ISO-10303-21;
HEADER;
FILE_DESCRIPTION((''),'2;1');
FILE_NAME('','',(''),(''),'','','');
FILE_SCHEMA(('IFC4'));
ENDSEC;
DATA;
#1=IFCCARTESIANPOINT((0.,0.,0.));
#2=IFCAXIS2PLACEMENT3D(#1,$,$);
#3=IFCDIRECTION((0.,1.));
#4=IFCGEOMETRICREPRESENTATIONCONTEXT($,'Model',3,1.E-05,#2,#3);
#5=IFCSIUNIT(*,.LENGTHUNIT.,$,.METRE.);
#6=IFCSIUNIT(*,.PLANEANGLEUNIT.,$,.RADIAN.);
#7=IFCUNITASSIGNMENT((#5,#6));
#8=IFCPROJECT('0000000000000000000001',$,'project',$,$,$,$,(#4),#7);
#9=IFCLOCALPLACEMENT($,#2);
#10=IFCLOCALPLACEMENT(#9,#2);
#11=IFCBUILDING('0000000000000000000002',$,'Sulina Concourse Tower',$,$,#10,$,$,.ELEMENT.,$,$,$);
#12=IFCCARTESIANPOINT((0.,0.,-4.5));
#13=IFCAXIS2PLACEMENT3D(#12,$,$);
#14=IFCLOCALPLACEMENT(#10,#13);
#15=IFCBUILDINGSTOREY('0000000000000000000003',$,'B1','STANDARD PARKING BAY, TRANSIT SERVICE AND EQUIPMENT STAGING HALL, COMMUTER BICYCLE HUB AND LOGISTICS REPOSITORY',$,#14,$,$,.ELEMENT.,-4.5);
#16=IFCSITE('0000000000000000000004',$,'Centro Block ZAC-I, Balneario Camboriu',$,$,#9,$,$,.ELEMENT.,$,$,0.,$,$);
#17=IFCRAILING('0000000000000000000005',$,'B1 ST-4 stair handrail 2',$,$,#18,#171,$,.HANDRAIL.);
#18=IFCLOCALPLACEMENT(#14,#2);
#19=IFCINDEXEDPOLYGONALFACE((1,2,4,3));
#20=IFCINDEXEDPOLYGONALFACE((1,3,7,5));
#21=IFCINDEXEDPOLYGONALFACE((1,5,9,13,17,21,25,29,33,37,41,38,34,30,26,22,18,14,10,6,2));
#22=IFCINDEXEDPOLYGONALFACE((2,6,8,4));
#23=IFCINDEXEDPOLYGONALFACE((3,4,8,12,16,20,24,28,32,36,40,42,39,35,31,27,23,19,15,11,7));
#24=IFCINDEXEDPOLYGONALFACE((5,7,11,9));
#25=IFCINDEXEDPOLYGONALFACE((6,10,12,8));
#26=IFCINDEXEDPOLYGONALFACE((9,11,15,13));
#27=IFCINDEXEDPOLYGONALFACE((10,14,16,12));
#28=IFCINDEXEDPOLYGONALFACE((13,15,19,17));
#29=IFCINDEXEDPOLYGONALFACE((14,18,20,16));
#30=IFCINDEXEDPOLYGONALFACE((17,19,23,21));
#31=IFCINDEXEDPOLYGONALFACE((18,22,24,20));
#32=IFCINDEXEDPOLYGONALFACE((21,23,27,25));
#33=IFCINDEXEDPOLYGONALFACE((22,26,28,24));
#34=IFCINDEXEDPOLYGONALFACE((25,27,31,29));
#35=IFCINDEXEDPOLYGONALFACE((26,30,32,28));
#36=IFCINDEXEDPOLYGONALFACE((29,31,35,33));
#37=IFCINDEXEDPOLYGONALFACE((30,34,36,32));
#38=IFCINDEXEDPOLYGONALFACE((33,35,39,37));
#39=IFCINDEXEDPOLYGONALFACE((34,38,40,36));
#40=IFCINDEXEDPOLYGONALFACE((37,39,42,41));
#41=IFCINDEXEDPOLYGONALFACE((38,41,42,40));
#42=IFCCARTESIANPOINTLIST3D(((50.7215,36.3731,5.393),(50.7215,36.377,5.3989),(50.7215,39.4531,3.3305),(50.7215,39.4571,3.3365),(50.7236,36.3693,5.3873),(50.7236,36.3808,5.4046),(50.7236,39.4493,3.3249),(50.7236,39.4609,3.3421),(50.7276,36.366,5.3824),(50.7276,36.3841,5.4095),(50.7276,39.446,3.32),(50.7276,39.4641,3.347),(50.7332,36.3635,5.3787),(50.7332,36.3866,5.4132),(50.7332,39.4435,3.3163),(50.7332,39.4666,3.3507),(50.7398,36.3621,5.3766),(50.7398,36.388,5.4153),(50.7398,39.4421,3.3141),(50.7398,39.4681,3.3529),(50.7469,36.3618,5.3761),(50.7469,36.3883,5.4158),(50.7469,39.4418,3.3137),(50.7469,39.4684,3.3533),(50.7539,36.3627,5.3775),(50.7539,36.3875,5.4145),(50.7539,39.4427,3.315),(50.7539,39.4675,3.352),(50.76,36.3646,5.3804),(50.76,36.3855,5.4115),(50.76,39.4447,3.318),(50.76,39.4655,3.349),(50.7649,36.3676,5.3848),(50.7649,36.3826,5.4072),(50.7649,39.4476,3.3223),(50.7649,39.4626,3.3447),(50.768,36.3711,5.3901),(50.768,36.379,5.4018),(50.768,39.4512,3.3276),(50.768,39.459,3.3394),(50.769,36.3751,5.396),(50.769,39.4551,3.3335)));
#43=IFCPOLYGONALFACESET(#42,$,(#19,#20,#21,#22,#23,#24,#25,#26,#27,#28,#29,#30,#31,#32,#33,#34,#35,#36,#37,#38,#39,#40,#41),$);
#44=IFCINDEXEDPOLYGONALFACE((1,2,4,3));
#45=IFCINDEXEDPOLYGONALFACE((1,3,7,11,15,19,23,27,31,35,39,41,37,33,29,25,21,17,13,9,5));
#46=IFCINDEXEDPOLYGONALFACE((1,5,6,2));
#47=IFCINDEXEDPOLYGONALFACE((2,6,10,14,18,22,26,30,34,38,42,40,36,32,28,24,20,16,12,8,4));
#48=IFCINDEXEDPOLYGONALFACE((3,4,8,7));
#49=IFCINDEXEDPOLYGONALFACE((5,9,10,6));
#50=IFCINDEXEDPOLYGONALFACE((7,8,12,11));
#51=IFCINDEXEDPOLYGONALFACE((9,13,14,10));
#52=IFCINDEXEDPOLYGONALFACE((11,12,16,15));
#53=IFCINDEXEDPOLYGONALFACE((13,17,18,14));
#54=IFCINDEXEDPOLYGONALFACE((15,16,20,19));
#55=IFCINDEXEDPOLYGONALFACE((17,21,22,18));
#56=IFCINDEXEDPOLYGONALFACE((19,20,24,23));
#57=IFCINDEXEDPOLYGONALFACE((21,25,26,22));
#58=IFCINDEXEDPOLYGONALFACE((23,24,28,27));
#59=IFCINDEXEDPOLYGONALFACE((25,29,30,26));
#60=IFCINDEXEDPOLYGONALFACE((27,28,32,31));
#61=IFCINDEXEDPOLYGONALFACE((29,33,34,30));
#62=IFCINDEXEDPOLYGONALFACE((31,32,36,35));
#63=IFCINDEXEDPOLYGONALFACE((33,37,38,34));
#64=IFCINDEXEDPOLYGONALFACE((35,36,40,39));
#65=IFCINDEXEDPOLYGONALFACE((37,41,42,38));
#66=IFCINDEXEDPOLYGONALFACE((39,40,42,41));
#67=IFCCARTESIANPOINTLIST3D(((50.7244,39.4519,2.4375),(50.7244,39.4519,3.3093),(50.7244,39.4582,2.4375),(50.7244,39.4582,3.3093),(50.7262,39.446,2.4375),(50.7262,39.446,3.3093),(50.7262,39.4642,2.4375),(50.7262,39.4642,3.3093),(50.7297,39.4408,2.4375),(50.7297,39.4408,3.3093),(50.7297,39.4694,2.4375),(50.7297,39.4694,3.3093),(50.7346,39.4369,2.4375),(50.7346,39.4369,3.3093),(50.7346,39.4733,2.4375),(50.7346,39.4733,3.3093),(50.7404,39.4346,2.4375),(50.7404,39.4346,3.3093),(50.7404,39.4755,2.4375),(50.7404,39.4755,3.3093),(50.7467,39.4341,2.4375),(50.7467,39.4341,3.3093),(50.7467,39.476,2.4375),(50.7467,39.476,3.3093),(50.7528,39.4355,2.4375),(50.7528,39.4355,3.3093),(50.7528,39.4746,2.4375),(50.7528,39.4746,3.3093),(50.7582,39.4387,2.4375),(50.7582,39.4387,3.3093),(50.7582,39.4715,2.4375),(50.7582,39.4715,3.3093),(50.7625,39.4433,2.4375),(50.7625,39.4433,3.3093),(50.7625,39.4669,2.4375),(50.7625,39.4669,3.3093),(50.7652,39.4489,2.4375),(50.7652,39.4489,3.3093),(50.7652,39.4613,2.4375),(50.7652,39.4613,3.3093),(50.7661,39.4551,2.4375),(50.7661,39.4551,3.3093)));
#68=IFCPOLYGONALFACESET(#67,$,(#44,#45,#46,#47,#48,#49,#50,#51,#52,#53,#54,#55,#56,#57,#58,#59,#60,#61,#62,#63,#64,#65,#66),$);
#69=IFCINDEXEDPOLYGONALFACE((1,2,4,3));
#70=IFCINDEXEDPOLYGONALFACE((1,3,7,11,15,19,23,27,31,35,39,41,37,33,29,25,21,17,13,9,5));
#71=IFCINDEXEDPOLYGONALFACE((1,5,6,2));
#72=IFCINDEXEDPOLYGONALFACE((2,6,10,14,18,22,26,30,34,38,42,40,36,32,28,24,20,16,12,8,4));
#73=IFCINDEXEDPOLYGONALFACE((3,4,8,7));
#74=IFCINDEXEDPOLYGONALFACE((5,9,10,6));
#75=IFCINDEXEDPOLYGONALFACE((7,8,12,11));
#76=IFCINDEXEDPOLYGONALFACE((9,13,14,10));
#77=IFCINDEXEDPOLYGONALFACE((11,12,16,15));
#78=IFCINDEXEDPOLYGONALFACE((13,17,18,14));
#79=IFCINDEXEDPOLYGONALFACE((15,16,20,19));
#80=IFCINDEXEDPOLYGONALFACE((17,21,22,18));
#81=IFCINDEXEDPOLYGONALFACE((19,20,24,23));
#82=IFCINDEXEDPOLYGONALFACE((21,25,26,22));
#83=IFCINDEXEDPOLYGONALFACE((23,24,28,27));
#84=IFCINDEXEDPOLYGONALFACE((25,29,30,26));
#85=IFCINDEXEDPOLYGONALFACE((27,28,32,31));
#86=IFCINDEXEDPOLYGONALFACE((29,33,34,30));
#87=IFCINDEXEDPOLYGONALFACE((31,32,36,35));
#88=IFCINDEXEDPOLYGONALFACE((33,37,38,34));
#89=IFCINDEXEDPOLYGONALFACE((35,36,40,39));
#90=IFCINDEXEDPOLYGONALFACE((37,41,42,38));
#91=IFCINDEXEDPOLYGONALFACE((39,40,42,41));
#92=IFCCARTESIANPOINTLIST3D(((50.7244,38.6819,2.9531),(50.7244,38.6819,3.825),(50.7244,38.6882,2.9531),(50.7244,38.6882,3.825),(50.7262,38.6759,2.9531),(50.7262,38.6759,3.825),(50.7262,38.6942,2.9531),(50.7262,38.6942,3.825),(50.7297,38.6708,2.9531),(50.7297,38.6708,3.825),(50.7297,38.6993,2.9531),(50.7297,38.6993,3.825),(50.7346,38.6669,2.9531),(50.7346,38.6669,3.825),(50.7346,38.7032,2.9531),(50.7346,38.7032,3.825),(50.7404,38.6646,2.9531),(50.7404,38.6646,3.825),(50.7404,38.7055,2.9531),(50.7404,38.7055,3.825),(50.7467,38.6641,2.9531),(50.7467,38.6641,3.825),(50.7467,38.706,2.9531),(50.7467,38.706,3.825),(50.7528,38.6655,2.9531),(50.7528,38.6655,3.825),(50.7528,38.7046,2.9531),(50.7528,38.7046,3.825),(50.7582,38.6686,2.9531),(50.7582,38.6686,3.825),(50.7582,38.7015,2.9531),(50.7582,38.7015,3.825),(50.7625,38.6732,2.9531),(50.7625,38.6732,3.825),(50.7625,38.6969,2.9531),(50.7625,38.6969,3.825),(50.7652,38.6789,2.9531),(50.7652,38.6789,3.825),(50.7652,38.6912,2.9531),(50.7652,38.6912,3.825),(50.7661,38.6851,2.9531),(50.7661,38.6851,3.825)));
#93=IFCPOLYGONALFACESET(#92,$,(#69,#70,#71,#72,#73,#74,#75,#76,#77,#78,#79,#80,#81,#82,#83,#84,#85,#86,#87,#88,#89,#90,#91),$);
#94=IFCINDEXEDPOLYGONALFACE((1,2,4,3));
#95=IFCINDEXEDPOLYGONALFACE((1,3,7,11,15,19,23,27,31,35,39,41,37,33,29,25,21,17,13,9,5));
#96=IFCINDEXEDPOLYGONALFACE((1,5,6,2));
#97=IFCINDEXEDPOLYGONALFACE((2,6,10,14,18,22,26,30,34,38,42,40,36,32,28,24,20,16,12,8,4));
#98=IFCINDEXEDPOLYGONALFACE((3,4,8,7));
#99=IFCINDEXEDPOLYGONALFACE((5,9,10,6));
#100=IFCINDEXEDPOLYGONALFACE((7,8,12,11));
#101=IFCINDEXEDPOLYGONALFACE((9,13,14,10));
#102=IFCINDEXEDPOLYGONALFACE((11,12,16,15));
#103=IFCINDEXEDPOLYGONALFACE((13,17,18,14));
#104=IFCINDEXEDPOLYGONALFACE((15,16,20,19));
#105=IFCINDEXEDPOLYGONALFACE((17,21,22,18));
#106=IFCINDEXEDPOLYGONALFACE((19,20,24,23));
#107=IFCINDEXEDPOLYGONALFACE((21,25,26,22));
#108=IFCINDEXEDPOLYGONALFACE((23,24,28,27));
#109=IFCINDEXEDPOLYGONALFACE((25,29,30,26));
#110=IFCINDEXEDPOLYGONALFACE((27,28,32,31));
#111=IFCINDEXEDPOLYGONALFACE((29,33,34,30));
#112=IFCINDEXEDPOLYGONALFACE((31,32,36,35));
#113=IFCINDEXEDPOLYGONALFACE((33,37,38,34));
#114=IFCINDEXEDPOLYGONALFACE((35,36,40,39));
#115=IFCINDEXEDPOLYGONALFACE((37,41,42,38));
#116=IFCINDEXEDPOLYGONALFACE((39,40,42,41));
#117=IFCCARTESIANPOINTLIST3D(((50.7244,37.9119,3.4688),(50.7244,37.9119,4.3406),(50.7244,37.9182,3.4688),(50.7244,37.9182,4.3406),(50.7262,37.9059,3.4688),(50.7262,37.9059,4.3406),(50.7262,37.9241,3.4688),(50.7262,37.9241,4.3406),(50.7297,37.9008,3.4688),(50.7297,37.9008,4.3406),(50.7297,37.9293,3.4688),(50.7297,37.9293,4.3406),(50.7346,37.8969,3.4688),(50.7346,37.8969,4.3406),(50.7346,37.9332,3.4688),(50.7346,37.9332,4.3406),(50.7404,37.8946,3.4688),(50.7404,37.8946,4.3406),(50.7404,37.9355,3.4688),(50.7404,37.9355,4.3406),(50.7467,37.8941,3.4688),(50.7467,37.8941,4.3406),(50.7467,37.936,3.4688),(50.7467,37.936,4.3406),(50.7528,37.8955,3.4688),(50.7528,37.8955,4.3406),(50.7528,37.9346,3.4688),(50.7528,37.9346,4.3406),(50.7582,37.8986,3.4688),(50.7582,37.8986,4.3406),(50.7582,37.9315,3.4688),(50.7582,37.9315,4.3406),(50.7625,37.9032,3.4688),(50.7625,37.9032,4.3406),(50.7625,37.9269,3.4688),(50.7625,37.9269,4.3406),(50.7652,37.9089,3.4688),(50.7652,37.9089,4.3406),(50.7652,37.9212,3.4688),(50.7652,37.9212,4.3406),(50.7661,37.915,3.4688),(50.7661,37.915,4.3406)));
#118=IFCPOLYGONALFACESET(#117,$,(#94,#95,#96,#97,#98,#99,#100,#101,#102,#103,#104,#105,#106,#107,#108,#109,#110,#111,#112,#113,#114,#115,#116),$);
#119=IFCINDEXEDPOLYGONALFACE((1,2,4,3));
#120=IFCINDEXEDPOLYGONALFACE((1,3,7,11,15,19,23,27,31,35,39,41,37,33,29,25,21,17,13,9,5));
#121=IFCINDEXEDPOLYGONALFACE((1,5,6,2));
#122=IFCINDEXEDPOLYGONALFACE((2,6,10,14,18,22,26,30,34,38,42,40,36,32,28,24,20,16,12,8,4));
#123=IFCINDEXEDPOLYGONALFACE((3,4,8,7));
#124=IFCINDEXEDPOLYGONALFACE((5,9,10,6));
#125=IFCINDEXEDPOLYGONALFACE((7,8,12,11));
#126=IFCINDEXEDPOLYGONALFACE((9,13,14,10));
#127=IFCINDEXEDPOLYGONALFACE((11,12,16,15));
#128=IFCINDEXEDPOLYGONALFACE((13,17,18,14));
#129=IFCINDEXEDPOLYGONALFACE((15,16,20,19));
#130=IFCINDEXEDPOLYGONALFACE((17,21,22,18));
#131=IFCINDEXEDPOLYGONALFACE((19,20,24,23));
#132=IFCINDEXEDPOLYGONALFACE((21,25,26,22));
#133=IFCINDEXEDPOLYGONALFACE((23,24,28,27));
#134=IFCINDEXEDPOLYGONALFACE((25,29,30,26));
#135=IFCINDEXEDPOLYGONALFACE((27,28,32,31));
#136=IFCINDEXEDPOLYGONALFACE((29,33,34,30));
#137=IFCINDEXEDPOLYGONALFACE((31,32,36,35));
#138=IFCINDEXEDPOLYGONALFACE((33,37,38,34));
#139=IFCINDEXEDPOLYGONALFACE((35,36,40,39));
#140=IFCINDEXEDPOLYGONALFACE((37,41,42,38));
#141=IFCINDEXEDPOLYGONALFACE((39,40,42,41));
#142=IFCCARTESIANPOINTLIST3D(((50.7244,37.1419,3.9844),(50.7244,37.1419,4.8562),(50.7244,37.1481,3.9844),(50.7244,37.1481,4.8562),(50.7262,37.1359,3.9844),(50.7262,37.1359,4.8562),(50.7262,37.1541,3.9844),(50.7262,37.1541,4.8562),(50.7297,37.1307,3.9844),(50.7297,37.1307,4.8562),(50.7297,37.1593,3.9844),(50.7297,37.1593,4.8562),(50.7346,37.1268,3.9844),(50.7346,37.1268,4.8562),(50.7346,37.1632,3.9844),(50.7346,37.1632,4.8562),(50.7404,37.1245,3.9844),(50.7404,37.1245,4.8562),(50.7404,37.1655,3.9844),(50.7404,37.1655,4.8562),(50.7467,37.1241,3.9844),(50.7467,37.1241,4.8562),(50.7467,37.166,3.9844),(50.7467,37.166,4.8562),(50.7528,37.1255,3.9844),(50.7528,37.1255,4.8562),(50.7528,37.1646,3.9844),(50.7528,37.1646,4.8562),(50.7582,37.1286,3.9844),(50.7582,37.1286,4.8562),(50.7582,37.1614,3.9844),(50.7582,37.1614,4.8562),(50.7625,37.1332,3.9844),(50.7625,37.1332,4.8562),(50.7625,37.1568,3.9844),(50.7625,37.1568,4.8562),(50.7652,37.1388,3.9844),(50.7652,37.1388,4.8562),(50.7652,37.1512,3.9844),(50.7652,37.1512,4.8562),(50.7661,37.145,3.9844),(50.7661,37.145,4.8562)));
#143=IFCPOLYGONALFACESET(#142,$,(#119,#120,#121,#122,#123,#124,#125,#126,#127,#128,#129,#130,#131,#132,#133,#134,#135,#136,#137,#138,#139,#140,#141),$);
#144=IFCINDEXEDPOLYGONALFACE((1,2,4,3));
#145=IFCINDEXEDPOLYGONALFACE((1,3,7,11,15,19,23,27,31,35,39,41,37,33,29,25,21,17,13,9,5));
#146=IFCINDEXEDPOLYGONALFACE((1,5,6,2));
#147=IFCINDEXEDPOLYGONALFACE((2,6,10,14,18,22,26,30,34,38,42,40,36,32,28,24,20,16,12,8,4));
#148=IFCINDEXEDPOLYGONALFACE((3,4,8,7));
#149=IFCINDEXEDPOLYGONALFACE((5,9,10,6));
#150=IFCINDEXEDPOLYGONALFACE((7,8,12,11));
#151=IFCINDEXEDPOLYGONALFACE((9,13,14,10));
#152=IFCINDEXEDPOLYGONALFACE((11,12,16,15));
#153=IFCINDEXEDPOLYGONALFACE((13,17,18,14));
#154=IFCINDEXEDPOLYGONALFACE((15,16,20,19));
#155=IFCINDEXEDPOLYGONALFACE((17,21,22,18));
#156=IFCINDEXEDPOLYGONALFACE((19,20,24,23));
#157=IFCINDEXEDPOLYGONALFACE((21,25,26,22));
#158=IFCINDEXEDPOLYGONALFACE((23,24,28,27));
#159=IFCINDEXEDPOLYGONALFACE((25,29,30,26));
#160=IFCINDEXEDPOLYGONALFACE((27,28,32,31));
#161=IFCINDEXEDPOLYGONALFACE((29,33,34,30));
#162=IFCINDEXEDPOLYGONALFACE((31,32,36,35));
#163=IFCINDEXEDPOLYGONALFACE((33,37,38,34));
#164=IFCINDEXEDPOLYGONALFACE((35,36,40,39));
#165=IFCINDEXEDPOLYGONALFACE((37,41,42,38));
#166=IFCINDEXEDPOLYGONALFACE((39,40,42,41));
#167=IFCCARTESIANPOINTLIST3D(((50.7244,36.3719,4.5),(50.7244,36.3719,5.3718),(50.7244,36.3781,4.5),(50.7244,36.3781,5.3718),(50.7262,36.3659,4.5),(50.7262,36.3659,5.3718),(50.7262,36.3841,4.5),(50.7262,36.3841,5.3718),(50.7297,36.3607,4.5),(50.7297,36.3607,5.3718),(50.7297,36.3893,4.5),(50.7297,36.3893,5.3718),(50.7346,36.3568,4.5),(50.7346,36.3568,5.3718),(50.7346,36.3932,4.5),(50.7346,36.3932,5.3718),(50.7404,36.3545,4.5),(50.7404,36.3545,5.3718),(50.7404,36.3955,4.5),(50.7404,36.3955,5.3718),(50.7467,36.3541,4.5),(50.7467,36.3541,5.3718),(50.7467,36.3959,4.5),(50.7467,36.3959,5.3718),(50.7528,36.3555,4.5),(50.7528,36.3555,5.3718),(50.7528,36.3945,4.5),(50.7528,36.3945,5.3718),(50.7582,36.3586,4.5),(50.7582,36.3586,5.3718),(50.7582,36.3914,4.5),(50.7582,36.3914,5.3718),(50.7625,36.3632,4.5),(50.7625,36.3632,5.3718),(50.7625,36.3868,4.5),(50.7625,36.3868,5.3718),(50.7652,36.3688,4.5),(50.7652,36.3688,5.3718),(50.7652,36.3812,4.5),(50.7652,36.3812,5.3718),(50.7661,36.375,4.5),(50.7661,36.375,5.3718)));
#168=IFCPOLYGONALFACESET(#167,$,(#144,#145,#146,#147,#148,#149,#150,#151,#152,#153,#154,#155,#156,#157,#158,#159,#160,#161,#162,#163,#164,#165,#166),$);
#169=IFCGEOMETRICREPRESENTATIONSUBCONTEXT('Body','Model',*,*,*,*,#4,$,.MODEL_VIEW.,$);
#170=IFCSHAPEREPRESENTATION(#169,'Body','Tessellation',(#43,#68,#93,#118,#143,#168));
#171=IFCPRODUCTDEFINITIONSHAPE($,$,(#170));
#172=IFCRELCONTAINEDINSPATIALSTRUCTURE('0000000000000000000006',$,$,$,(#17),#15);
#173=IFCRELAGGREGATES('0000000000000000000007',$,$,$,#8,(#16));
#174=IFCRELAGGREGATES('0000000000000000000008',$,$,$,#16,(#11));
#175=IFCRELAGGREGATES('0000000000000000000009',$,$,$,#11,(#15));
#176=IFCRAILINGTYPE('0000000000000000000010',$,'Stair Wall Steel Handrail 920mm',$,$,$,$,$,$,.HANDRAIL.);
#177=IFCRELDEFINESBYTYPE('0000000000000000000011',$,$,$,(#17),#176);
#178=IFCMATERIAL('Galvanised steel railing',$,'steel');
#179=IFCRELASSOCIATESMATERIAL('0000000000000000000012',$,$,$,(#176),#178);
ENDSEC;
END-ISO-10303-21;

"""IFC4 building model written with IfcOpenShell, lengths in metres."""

from ifc_helpers import new_model, si_unit, direction, frame, origin, origin_2d, place, context, subcontext, project, spatial, circle, extrude, material, type_object, element, save


model = new_model("IFC4")

# Units and contexts
model_context = context("Model", 3, precision=1e-05, world=origin(), true_north=direction((0.0, 1.0)))
body_context = subcontext(model_context, "Body", "Model", "MODEL_VIEW")
ifc_project = project(units=[si_unit("LENGTHUNIT", "METRE"), si_unit("PLANEANGLEUNIT", "RADIAN")], contexts=[model_context])

# Site, building, storey
site_placement = place(None, origin())
site = spatial("IfcSite", under=ifc_project, at=site_placement, Name="Centro Block ZAC-I, Balneario Camboriu", CompositionType="ELEMENT", RefElevation=0.0)
building_placement = place(site_placement, origin())
building = spatial("IfcBuilding", under=site, at=building_placement, Name="Sulina Concourse Tower", CompositionType="ELEMENT")
storey_placement = place(building_placement, frame((0.0, 0.0, -4.5)))
storey = spatial("IfcBuildingStorey", under=building, at=storey_placement, Name="B1", Description="STANDARD PARKING BAY, TRANSIT SERVICE AND EQUIPMENT STAGING HALL, COMMUTER BICYCLE HUB AND LOGISTICS REPOSITORY", CompositionType="ELEMENT", Elevation=-4.5)

# Railing
ifc_material_1 = material(Name="Galvanised steel railing", Category="steel")
railing_type_1 = type_object("IfcRailingType", Name="Stair Wall Steel Handrail 920mm", PredefinedType="HANDRAIL", material=ifc_material_1)
railing_1_placement = place(storey_placement, frame((50.7451, 39.4551, 2.4375)))
element("IfcRailing", 1, at=railing_1_placement, inside=storey, type_object=railing_type_1, Name="B1 ST-4 stair handrail 2", PredefinedType="HANDRAIL", context=body_context, shape_type="SweptSolid", body=[
    extrude(circle(Radius=0.0239, at=origin_2d()), frame((0.0, 0.0, 0.896), z_axis=(0.0, -0.830914, 0.556401), x_axis=(1.0, 0.0, 0.0)), (0.0, 0.0, 1.0), 3.7068),
    extrude(circle(Radius=0.021, at=origin_2d()), origin(), (0.0, 0.0, 1.0), 0.8718),
    extrude(circle(Radius=0.021, at=origin_2d()), frame((0.0, -0.77, 0.5156)), (0.0, 0.0, 1.0), 0.8718),
    extrude(circle(Radius=0.021, at=origin_2d()), frame((0.0, -1.54, 1.0312)), (0.0, 0.0, 1.0), 0.8718),
    extrude(circle(Radius=0.021, at=origin_2d()), frame((0.0, -2.3101, 1.5469)), (0.0, 0.0, 1.0), 0.8718),
    extrude(circle(Radius=0.021, at=origin_2d()), frame((0.0, -3.0801, 2.0625)), (0.0, 0.0, 1.0), 0.8718),
])

save(model, "model.ifc")
